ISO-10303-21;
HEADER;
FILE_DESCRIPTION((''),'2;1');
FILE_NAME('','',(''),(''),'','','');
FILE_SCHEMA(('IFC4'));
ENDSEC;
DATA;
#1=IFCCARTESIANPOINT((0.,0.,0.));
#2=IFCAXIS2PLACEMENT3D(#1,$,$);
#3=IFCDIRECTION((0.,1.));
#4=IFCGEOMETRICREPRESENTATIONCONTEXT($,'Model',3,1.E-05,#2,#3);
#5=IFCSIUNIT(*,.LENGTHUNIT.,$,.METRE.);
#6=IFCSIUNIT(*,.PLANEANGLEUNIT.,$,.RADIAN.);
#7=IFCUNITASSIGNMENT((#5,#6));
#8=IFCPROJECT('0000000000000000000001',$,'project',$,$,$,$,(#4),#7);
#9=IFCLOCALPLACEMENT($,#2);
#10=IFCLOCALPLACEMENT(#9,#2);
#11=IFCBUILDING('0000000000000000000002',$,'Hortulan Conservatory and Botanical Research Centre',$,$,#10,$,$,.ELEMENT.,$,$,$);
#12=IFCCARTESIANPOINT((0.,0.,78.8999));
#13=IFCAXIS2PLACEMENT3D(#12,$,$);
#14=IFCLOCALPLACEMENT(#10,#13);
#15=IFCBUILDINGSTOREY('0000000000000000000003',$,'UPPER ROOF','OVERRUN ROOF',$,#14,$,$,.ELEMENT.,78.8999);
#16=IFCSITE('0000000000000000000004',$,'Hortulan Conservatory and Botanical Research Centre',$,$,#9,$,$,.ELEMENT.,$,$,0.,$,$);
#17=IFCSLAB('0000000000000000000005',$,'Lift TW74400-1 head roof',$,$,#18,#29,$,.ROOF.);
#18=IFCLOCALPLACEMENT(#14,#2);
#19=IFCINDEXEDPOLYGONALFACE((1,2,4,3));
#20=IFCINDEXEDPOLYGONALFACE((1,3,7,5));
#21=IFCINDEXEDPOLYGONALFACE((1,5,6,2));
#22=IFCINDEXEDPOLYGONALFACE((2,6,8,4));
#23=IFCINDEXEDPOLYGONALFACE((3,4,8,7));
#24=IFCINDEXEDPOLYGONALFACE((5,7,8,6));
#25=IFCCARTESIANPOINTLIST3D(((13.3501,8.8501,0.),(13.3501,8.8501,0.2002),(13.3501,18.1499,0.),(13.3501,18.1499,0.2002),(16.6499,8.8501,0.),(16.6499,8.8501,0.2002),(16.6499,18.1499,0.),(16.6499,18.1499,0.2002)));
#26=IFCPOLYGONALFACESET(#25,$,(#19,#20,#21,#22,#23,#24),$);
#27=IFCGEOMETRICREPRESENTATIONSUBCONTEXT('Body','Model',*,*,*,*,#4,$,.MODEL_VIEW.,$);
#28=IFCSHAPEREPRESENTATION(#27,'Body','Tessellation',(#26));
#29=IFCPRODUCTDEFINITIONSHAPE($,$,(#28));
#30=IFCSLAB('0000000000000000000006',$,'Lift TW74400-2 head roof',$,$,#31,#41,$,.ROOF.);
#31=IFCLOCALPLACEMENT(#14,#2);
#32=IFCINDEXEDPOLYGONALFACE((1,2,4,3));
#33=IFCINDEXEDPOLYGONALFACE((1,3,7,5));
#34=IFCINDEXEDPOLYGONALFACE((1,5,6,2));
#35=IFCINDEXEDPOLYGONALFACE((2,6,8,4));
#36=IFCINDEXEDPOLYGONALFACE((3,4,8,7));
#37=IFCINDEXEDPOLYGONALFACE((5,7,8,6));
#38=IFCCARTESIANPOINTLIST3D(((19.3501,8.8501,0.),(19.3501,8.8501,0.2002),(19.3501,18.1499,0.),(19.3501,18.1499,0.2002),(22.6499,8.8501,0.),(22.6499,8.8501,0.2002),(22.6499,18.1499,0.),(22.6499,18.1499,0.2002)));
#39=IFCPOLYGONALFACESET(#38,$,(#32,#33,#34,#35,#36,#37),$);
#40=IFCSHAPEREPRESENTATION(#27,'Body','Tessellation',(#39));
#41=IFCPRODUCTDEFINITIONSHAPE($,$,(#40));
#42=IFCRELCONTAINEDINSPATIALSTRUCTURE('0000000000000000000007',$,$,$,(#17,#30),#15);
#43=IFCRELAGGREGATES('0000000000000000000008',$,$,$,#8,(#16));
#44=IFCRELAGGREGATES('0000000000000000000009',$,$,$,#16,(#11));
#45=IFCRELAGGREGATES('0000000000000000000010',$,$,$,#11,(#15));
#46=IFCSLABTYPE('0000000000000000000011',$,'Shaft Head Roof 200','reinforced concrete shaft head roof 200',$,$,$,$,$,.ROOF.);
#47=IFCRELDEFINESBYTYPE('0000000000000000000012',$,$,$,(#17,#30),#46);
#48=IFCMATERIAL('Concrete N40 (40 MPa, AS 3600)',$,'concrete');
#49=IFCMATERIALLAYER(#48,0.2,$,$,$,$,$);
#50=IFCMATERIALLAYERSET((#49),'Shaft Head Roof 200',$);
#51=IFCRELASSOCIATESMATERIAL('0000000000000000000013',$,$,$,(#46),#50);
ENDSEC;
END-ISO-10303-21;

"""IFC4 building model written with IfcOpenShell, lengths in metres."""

from ifc_helpers import new_model, si_unit, direction, frame, origin, place, context, subcontext, project, spatial, polyline, outline, extrude, material, layer, layer_set, type_object, element, save


model = new_model("IFC4")

# Units and contexts
model_context = context("Model", 3, precision=1e-05, world=origin(), true_north=direction((0.0, 1.0)))
body_context = subcontext(model_context, "Body", "Model", "MODEL_VIEW")
ifc_project = project(units=[si_unit("LENGTHUNIT", "METRE"), si_unit("PLANEANGLEUNIT", "RADIAN")], contexts=[model_context])

# Site, building, storey
site_placement = place(None, origin())
site = spatial("IfcSite", under=ifc_project, at=site_placement, Name="Hortulan Conservatory and Botanical Research Centre", CompositionType="ELEMENT", RefElevation=0.0)
building_placement = place(site_placement, origin())
building = spatial("IfcBuilding", under=site, at=building_placement, Name="Hortulan Conservatory and Botanical Research Centre", CompositionType="ELEMENT")
storey_placement = place(building_placement, frame((0.0, 0.0, 78.8999)))
storey = spatial("IfcBuildingStorey", under=building, at=storey_placement, Name="UPPER ROOF", Description="OVERRUN ROOF", CompositionType="ELEMENT", Elevation=78.8999)

# Slabs
ifc_material = material(Name="Concrete N40 (40 MPa, AS 3600)", Category="concrete")
ifc_layer = layer(ifc_material, 0.2)
ifc_layer_set = layer_set([ifc_layer], Name="Shaft Head Roof 200")
slab_type = type_object("IfcSlabType", Name="Shaft Head Roof 200", Description="reinforced concrete shaft head roof 200", PredefinedType="ROOF", material=ifc_layer_set)
slab_1_placement = place(storey_placement, origin())
element("IfcSlab", 1, at=slab_1_placement, inside=storey, type_object=slab_type, Name="Lift TW74400-1 head roof", PredefinedType="ROOF", context=body_context, shape_type="SweptSolid", body=[
    extrude(outline(polyline([(16.6499, 8.8501), (13.3501, 8.8501), (13.3501, 18.1499), (16.6499, 18.1499), (16.6499, 8.8501)])), origin(), (0.0, 0.0, 1.0), 0.2002),
])
slab_2_placement = place(storey_placement, origin())
element("IfcSlab", 2, at=slab_2_placement, inside=storey, type_object=slab_type, Name="Lift TW74400-2 head roof", PredefinedType="ROOF", context=body_context, shape_type="SweptSolid", body=[
    extrude(outline(polyline([(22.6499, 8.8501), (19.3501, 8.8501), (19.3501, 18.1499), (22.6499, 18.1499), (22.6499, 8.8501)])), origin(), (0.0, 0.0, 1.0), 0.2002),
])

save(model, "model.ifc")
